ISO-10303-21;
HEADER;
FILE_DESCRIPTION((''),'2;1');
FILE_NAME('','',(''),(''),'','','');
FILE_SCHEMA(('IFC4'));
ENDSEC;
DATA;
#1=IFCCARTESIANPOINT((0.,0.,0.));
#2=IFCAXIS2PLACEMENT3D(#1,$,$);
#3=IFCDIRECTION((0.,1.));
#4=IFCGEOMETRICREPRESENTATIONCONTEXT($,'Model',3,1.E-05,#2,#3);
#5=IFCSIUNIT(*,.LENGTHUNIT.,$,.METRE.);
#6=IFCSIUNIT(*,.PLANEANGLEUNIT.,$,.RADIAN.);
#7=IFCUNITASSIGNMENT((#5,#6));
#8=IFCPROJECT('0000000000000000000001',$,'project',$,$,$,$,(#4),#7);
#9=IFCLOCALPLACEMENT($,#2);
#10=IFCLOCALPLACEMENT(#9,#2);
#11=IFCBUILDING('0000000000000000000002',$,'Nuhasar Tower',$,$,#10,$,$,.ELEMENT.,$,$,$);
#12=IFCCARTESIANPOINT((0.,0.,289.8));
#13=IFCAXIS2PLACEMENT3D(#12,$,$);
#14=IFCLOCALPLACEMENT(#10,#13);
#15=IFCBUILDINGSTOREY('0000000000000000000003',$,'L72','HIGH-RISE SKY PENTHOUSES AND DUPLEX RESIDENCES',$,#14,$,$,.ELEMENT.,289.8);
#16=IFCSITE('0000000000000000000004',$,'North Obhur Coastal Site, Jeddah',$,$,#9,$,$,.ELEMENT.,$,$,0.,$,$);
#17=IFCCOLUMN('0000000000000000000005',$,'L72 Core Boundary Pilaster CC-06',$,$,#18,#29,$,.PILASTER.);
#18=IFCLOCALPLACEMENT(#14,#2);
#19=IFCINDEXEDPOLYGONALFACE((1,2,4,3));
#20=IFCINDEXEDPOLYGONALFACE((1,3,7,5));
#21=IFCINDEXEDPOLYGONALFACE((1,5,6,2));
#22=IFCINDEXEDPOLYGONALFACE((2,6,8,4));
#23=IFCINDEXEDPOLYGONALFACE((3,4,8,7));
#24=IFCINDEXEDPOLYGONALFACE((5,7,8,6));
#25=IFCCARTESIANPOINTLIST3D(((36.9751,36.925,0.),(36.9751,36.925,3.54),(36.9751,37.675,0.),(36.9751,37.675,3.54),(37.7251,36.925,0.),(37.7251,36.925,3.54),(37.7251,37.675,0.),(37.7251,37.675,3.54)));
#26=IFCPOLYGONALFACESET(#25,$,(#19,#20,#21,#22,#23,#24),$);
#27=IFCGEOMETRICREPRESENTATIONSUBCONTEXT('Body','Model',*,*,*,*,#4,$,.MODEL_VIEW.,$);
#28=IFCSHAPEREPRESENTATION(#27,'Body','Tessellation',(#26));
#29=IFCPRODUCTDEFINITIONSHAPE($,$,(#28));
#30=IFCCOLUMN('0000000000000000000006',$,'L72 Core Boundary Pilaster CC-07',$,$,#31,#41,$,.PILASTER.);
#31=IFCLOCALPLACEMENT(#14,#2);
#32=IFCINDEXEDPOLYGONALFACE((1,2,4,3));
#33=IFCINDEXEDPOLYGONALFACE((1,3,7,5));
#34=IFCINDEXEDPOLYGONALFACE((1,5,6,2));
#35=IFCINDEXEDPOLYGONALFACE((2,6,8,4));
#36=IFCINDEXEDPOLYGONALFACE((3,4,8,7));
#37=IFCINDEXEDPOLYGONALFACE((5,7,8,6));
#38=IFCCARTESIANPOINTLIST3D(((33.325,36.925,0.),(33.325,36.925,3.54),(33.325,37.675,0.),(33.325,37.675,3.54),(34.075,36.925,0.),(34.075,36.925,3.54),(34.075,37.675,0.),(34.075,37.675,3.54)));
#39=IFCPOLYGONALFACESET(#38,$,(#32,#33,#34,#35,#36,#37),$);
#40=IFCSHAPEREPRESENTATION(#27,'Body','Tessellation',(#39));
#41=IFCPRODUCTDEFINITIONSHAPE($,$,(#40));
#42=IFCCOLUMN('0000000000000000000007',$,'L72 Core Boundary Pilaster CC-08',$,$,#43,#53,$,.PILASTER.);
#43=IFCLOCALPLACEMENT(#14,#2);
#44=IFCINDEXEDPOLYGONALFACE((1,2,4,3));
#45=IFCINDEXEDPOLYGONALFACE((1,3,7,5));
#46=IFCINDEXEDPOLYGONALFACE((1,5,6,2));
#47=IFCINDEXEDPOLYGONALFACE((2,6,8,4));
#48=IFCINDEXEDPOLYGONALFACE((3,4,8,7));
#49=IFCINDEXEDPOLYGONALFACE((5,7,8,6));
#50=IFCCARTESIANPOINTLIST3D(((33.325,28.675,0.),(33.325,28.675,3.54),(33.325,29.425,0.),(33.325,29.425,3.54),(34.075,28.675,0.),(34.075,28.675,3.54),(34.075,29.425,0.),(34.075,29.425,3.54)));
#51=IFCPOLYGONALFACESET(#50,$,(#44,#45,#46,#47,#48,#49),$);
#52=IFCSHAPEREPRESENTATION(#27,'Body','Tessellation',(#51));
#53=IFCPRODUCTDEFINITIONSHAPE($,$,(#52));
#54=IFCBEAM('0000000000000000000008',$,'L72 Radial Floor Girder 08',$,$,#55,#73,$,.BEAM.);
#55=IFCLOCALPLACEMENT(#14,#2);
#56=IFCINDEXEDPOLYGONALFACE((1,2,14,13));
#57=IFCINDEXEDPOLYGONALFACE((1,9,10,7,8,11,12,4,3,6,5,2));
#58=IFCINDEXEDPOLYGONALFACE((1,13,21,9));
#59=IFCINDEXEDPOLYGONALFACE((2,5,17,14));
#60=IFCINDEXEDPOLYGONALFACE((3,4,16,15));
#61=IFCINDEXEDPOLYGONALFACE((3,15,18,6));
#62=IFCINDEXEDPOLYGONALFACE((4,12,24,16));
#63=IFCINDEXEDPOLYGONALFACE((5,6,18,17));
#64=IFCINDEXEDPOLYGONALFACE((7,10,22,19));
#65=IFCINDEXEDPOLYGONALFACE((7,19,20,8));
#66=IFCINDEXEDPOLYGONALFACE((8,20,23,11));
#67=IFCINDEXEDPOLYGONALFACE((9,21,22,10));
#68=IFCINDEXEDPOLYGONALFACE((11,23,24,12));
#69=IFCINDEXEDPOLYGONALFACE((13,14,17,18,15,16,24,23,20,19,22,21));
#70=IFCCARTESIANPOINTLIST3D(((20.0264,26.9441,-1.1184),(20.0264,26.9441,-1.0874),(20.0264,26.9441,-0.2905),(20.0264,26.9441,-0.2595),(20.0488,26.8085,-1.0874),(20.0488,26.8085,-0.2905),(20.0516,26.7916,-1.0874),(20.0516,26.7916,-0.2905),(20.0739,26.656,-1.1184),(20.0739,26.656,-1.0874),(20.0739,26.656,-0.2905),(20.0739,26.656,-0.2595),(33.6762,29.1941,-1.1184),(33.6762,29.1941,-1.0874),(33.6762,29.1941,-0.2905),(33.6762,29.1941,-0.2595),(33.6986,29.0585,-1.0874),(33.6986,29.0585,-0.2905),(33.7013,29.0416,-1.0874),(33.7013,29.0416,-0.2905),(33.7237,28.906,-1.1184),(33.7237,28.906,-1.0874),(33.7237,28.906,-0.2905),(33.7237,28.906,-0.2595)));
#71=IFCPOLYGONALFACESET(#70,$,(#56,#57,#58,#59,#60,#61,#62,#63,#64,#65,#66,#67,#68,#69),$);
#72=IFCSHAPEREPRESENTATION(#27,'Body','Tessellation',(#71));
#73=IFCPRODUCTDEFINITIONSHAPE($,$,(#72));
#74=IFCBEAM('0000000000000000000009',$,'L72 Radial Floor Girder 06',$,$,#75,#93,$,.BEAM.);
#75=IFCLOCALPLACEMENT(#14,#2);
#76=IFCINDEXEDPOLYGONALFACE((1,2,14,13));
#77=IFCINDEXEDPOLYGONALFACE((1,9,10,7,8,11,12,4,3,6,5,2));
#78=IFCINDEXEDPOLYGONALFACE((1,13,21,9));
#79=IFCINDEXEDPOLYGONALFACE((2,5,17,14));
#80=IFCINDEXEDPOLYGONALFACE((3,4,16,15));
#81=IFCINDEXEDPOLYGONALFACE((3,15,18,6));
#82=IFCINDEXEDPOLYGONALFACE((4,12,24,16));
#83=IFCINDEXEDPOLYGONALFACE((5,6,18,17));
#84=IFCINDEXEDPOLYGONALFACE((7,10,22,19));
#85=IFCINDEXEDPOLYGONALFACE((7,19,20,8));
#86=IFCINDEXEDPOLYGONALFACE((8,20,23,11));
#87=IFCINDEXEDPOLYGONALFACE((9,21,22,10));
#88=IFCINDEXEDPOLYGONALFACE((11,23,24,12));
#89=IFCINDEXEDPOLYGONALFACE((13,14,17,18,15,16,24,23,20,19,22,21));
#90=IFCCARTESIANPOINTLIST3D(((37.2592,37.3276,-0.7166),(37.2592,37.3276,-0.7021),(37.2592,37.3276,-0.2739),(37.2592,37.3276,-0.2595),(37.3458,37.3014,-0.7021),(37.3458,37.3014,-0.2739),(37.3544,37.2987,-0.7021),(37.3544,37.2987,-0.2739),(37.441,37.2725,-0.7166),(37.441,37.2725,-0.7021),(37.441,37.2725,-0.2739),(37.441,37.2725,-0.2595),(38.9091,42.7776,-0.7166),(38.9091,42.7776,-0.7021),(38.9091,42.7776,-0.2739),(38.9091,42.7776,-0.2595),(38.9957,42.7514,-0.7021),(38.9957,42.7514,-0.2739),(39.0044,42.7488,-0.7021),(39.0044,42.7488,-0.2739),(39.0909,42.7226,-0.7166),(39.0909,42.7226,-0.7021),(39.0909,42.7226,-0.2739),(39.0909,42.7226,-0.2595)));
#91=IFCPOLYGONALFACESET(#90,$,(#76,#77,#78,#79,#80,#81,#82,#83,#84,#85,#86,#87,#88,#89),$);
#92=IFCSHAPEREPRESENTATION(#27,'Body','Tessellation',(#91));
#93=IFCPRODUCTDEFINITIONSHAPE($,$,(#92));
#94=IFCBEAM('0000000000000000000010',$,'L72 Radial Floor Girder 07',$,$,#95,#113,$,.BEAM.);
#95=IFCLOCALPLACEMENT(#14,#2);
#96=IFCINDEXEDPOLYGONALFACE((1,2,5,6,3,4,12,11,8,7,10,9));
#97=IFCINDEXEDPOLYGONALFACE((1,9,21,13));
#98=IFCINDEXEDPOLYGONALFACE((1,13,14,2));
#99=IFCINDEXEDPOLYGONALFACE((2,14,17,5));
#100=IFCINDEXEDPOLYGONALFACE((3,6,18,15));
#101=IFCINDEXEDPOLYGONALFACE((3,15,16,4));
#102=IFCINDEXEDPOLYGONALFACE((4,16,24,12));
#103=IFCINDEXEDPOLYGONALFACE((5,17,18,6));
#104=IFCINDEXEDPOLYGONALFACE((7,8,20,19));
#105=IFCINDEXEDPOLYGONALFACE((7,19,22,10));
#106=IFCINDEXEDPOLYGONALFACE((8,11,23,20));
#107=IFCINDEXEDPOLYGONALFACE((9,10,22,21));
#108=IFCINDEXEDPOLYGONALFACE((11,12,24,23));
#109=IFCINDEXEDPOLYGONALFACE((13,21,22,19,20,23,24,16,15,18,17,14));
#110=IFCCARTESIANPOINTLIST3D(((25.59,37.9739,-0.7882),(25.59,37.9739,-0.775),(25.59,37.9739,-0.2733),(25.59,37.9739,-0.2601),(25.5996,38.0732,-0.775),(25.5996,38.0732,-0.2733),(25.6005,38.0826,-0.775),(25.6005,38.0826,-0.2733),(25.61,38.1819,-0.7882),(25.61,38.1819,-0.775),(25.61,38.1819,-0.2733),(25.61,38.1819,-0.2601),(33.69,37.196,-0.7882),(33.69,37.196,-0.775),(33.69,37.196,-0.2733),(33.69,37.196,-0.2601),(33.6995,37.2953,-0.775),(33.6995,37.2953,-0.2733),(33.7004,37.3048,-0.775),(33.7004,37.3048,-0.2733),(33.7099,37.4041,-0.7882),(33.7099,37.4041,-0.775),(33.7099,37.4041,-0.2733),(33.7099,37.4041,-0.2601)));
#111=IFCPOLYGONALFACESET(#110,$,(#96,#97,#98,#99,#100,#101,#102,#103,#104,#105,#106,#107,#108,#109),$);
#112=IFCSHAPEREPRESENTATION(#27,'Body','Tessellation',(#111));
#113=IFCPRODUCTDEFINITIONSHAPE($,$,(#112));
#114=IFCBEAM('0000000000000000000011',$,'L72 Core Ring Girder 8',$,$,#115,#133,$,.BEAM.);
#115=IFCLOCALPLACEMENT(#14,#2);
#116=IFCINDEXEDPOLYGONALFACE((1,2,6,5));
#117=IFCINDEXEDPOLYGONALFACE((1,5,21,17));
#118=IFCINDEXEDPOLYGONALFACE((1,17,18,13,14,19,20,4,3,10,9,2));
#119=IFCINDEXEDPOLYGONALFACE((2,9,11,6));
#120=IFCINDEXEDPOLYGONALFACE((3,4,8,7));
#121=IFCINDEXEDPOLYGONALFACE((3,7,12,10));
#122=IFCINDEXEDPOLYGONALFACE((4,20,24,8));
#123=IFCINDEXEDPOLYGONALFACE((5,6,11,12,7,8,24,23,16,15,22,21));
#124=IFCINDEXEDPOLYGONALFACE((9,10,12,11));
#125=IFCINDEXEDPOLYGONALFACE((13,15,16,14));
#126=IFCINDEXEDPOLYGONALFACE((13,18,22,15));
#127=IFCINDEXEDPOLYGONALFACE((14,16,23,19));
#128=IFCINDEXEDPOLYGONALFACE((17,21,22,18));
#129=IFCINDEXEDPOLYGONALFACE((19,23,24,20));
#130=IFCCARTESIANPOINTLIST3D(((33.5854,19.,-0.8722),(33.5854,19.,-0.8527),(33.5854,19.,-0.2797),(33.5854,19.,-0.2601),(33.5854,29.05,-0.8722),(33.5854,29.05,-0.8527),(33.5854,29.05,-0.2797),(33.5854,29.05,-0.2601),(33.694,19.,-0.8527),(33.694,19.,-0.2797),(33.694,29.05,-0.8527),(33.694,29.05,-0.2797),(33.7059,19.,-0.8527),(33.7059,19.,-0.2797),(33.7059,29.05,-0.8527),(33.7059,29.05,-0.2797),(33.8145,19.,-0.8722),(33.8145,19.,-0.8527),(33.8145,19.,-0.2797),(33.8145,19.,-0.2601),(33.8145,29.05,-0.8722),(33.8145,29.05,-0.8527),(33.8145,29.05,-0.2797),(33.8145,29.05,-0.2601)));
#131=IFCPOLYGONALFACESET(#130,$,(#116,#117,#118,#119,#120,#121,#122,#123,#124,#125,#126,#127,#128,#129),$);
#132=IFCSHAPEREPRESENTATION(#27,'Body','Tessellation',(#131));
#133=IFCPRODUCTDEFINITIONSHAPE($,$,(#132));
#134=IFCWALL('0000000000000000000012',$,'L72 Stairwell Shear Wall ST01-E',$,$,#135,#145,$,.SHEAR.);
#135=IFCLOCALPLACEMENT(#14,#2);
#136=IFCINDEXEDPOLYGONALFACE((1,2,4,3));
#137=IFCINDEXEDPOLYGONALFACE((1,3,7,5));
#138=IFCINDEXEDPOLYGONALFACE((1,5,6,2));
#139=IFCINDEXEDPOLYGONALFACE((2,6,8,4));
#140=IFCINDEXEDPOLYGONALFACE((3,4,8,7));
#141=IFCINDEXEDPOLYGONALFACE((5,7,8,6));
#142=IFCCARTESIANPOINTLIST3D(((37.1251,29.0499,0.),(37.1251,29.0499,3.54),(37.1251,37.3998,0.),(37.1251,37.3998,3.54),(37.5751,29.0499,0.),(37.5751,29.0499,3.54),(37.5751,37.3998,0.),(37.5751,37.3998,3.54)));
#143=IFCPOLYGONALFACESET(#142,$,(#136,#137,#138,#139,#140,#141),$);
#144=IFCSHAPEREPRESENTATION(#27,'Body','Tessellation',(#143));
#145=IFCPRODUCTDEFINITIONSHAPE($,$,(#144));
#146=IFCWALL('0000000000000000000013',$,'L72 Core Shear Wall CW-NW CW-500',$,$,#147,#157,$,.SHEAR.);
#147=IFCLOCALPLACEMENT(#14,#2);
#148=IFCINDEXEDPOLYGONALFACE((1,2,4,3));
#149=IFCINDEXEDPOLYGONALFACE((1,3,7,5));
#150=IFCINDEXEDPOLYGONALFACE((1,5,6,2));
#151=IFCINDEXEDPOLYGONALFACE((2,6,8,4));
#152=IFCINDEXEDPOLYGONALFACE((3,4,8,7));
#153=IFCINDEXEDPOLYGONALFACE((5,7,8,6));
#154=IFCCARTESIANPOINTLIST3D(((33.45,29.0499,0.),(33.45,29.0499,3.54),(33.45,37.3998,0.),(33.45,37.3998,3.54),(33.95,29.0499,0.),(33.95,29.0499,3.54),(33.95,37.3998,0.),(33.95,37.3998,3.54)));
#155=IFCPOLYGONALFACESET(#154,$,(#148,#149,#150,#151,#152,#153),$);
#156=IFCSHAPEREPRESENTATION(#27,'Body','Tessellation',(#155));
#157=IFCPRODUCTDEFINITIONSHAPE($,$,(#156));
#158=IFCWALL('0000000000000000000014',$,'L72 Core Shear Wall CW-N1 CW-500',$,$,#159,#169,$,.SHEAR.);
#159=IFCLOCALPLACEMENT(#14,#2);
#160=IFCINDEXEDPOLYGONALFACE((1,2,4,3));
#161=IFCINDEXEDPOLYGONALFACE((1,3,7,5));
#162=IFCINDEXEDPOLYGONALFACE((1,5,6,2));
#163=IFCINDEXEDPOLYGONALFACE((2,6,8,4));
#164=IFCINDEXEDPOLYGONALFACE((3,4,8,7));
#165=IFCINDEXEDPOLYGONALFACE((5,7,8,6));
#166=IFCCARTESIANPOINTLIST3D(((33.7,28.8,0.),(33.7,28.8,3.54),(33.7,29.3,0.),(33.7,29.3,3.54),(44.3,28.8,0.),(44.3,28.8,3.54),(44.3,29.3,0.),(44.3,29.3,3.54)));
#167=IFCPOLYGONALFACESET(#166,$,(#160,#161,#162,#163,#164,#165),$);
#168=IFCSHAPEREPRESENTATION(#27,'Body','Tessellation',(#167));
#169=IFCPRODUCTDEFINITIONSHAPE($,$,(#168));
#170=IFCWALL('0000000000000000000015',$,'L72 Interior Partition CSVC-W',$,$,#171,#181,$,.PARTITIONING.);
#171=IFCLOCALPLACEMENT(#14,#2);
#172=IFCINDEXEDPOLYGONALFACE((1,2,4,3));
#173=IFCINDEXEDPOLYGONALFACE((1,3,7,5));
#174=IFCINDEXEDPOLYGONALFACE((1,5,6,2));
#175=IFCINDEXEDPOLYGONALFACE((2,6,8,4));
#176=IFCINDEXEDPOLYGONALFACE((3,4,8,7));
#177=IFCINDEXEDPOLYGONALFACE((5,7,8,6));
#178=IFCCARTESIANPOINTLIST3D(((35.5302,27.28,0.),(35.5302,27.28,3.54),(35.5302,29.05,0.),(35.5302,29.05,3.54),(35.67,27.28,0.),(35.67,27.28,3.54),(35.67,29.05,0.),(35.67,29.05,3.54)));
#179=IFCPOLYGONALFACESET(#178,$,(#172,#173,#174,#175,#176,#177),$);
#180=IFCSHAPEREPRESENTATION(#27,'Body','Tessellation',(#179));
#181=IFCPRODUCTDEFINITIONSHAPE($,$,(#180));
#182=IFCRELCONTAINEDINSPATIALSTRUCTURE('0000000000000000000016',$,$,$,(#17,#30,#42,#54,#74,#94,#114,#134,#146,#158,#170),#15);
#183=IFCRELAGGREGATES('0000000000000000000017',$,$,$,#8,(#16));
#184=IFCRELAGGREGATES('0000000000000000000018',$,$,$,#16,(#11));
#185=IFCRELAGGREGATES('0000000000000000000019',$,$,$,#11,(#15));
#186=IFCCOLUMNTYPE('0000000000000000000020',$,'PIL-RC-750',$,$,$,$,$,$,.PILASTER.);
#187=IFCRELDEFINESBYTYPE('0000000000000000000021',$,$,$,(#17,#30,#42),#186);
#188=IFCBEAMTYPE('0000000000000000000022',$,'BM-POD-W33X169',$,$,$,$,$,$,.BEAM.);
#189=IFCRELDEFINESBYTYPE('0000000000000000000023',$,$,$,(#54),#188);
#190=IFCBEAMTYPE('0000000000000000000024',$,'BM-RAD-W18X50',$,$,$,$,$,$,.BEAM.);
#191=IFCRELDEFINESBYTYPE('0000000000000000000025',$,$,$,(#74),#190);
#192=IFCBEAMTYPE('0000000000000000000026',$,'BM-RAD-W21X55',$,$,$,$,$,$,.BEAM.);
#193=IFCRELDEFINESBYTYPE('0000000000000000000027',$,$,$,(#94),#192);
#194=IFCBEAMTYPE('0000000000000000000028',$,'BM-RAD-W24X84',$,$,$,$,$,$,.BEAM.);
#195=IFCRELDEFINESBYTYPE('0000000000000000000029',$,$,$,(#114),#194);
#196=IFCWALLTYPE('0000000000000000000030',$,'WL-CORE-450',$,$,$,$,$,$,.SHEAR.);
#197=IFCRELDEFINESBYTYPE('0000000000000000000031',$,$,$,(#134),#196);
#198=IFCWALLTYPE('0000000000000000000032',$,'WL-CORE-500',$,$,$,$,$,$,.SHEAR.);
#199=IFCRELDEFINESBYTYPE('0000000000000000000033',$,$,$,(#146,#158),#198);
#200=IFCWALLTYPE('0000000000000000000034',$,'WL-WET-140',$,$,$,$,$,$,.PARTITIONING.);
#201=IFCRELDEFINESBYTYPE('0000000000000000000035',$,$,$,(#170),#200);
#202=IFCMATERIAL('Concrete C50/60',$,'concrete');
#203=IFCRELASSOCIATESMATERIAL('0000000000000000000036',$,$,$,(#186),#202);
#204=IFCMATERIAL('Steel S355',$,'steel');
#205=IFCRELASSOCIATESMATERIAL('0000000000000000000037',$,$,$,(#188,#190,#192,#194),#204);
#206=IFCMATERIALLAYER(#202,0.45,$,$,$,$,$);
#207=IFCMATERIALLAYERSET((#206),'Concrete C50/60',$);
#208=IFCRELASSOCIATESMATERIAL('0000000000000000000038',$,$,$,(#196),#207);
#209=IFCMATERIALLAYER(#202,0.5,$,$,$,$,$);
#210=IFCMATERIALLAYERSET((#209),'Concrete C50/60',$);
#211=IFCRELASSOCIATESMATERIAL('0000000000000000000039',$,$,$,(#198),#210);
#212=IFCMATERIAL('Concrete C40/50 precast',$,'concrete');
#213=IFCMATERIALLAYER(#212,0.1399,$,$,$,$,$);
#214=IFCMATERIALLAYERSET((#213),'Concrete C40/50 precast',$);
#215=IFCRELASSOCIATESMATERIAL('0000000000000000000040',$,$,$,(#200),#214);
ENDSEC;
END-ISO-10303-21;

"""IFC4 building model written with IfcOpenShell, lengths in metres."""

from ifc_helpers import new_model, si_unit, direction, frame, frame_2d, origin, origin_2d, place, context, subcontext, project, spatial, rectangle, i_section, extrude, material, layer, layer_set, material_profile, profile_set, type_object, element, save


model = new_model("IFC4")

# Units and contexts
model_context = context("Model", 3, precision=1e-05, world=origin(), true_north=direction((0.0, 1.0)))
body_context = subcontext(model_context, "Body", "Model", "MODEL_VIEW")
ifc_project = project(units=[si_unit("LENGTHUNIT", "METRE"), si_unit("PLANEANGLEUNIT", "RADIAN")], contexts=[model_context])

# Site, building, storey
site_placement = place(None, origin())
site = spatial("IfcSite", under=ifc_project, at=site_placement, Name="North Obhur Coastal Site, Jeddah", CompositionType="ELEMENT", RefElevation=0.0)
building_placement = place(site_placement, origin())
building = spatial("IfcBuilding", under=site, at=building_placement, Name="Nuhasar Tower", CompositionType="ELEMENT")
storey_placement = place(building_placement, frame((0.0, 0.0, 289.8)))
storey = spatial("IfcBuildingStorey", under=building, at=storey_placement, Name="L72", Description="HIGH-RISE SKY PENTHOUSES AND DUPLEX RESIDENCES", CompositionType="ELEMENT", Elevation=289.8)

# Columns
ifc_material_1 = material(Name="Concrete C50/60", Category="concrete")
ifc_material_profile_1 = material_profile(ifc_material_1, rectangle(XDim=0.75, YDim=0.75, at=origin_2d()), Name="RC750X750")
ifc_profile_set_1 = profile_set([ifc_material_profile_1], Name="Concrete C50/60")
column_type = type_object("IfcColumnType", Name="PIL-RC-750", PredefinedType="PILASTER", material=ifc_profile_set_1)
for number, where, z_axis, x_axis, name in (
    (1, (37.3501, 37.3, 0.0), (0.0, 0.0, 1.0), (1.0, 0.0, 0.0), "L72 Core Boundary Pilaster CC-06"),
    (2, (33.7, 37.3, 0.0), (0.0, 0.0, 1.0), (1.0, 0.0, 0.0), "L72 Core Boundary Pilaster CC-07"),
    (3, (33.7, 29.05, 0.0), (0.0, 0.0, 1.0), (1.0, 0.0, 0.0), "L72 Core Boundary Pilaster CC-08"),
):
    element("IfcColumn", number, at=place(storey_placement, frame(where, z_axis=z_axis, x_axis=x_axis)), inside=storey, type_object=column_type, Name=name, PredefinedType="PILASTER", context=body_context, shape_type="SweptSolid", body=[
        extrude(rectangle(XDim=0.75, YDim=0.75, at=origin_2d()), origin(), (0.0, 0.0, 1.0), 3.54),
    ])

# Beams
ifc_material_2 = material(Name="Steel S355", Category="steel")
ifc_material_profile_2 = material_profile(ifc_material_2, i_section(OverallWidth=0.292, OverallDepth=0.8589, WebThickness=0.0171, FlangeThickness=0.031, at=origin_2d()), Name="W33X169")
ifc_profile_set_2 = profile_set([ifc_material_profile_2], Name="Steel S355")
beam_type_1 = type_object("IfcBeamType", Name="BM-POD-W33X169", PredefinedType="BEAM", material=ifc_profile_set_2)
beam_1_placement = place(storey_placement, frame((33.7, 29.05, -0.689), z_axis=(-0.986685, -0.162642, 0.0), x_axis=(0.162642, -0.986685, 0.0)))
element("IfcBeam", 4, at=beam_1_placement, inside=storey, type_object=beam_type_1, Name="L72 Radial Floor Girder 08", PredefinedType="BEAM", context=body_context, shape_type="SweptSolid", body=[
    extrude(i_section(OverallWidth=0.292, OverallDepth=0.8589, WebThickness=0.0171, FlangeThickness=0.031, at=origin_2d()), origin(), (0.0, 0.0, 1.0), 13.834),
])
ifc_material_profile_3 = material_profile(ifc_material_2, i_section(OverallWidth=0.1899, OverallDepth=0.457, WebThickness=0.009, FlangeThickness=0.0144, at=origin_2d()), Name="W18X50")
ifc_profile_set_3 = profile_set([ifc_material_profile_3], Name="Steel S355")
beam_type_2 = type_object("IfcBeamType", Name="BM-RAD-W18X50", PredefinedType="BEAM", material=ifc_profile_set_3)
beam_2_placement = place(storey_placement, frame((37.3501, 37.3, -0.488), z_axis=(0.28975, 0.957102, 0.0), x_axis=(-0.957102, 0.28975, 0.0)))
element("IfcBeam", 5, at=beam_2_placement, inside=storey, type_object=beam_type_2, Name="L72 Radial Floor Girder 06", PredefinedType="BEAM", context=body_context, shape_type="SweptSolid", body=[
    extrude(i_section(OverallWidth=0.1899, OverallDepth=0.457, WebThickness=0.009, FlangeThickness=0.0144, at=origin_2d()), origin(), (0.0, 0.0, 1.0), 5.6943),
])
ifc_material_profile_4 = material_profile(ifc_material_2, i_section(OverallWidth=0.209, OverallDepth=0.5281, WebThickness=0.0095, FlangeThickness=0.0132, at=origin_2d()), Name="W21X55")
ifc_profile_set_4 = profile_set([ifc_material_profile_4], Name="Steel S355")
beam_type_3 = type_object("IfcBeamType", Name="BM-RAD-W21X55", PredefinedType="BEAM", material=ifc_profile_set_4)
beam_3_placement = place(storey_placement, frame((33.7, 37.3, -0.5242), z_axis=(-0.995421, 0.095591, 0.0), x_axis=(-0.095591, -0.995421, 0.0)))
element("IfcBeam", 6, at=beam_3_placement, inside=storey, type_object=beam_type_3, Name="L72 Radial Floor Girder 07", PredefinedType="BEAM", context=body_context, shape_type="SweptSolid", body=[
    extrude(i_section(OverallWidth=0.209, OverallDepth=0.5281, WebThickness=0.0095, FlangeThickness=0.0132, at=origin_2d()), origin(), (0.0, 0.0, 1.0), 8.1372),
])
ifc_material_profile_5 = material_profile(ifc_material_2, i_section(OverallWidth=0.229, OverallDepth=0.6121, WebThickness=0.012, FlangeThickness=0.0195, at=origin_2d()), Name="W24X84")
ifc_profile_set_5 = profile_set([ifc_material_profile_5], Name="Steel S355")
beam_type_4 = type_object("IfcBeamType", Name="BM-RAD-W24X84", PredefinedType="BEAM", material=ifc_profile_set_5)
beam_4_placement = place(storey_placement, frame((33.7, 29.05, -0.5662), z_axis=(0.0, -1.0, 0.0), x_axis=(1.0, 0.0, 0.0)))
element("IfcBeam", 7, at=beam_4_placement, inside=storey, type_object=beam_type_4, Name="L72 Core Ring Girder 8", PredefinedType="BEAM", context=body_context, shape_type="SweptSolid", body=[
    extrude(i_section(OverallWidth=0.229, OverallDepth=0.6121, WebThickness=0.012, FlangeThickness=0.0195, at=origin_2d()), origin(), (0.0, 0.0, 1.0), 10.05),
])

# Walls
ifc_layer_1 = layer(ifc_material_1, 0.45)
ifc_layer_set_1 = layer_set([ifc_layer_1], Name="Concrete C50/60")
wall_type_1 = type_object("IfcWallType", Name="WL-CORE-450", PredefinedType="SHEAR", material=ifc_layer_set_1)
wall_1_placement = place(storey_placement, frame((37.3501, 29.05, 0.0), z_axis=(0.0, 0.0, 1.0), x_axis=(0.0, 1.0, 0.0)))
element("IfcWall", 8, at=wall_1_placement, inside=storey, type_object=wall_type_1, Name="L72 Stairwell Shear Wall ST01-E", PredefinedType="SHEAR", context=body_context, shape_type="SweptSolid", body=[
    extrude(rectangle(XDim=8.3499, YDim=0.45, at=frame_2d((4.1748, 0.0))), origin(), (0.0, 0.0, 1.0), 3.54),
])
ifc_layer_2 = layer(ifc_material_1, 0.5)
ifc_layer_set_2 = layer_set([ifc_layer_2], Name="Concrete C50/60")
wall_type_2 = type_object("IfcWallType", Name="WL-CORE-500", PredefinedType="SHEAR", material=ifc_layer_set_2)
wall_2_placement = place(storey_placement, frame((33.7, 29.05, 0.0), z_axis=(0.0, 0.0, 1.0), x_axis=(0.0, 1.0, 0.0)))
element("IfcWall", 9, at=wall_2_placement, inside=storey, type_object=wall_type_2, Name="L72 Core Shear Wall CW-NW CW-500", PredefinedType="SHEAR", context=body_context, shape_type="SweptSolid", body=[
    extrude(rectangle(XDim=8.3499, YDim=0.5, at=frame_2d((4.1748, 0.0))), origin(), (0.0, 0.0, 1.0), 3.54),
])
wall_3_placement = place(storey_placement, frame((33.7, 29.05, 0.0), z_axis=(0.0, 0.0, 1.0), x_axis=(1.0, 0.0, 0.0)))
element("IfcWall", 10, at=wall_3_placement, inside=storey, type_object=wall_type_2, Name="L72 Core Shear Wall CW-N1 CW-500", PredefinedType="SHEAR", context=body_context, shape_type="SweptSolid", body=[
    extrude(rectangle(XDim=10.6001, YDim=0.5, at=frame_2d((5.3, 0.0))), origin(), (0.0, 0.0, 1.0), 3.54),
])
ifc_material_3 = material(Name="Concrete C40/50 precast", Category="concrete")
ifc_layer_3 = layer(ifc_material_3, 0.1399)
ifc_layer_set_3 = layer_set([ifc_layer_3], Name="Concrete C40/50 precast")
wall_type_3 = type_object("IfcWallType", Name="WL-WET-140", PredefinedType="PARTITIONING", material=ifc_layer_set_3)
wall_4_placement = place(storey_placement, frame((35.6001, 27.28, 0.0), z_axis=(0.0, 0.0, 1.0), x_axis=(0.0, 1.0, 0.0)))
element("IfcWall", 11, at=wall_4_placement, inside=storey, type_object=wall_type_3, Name="L72 Interior Partition CSVC-W", PredefinedType="PARTITIONING", context=body_context, shape_type="SweptSolid", body=[
    extrude(rectangle(XDim=1.77, YDim=0.1399, at=frame_2d((0.885, 0.0))), origin(), (0.0, 0.0, 1.0), 3.54),
])

save(model, "model.ifc")
